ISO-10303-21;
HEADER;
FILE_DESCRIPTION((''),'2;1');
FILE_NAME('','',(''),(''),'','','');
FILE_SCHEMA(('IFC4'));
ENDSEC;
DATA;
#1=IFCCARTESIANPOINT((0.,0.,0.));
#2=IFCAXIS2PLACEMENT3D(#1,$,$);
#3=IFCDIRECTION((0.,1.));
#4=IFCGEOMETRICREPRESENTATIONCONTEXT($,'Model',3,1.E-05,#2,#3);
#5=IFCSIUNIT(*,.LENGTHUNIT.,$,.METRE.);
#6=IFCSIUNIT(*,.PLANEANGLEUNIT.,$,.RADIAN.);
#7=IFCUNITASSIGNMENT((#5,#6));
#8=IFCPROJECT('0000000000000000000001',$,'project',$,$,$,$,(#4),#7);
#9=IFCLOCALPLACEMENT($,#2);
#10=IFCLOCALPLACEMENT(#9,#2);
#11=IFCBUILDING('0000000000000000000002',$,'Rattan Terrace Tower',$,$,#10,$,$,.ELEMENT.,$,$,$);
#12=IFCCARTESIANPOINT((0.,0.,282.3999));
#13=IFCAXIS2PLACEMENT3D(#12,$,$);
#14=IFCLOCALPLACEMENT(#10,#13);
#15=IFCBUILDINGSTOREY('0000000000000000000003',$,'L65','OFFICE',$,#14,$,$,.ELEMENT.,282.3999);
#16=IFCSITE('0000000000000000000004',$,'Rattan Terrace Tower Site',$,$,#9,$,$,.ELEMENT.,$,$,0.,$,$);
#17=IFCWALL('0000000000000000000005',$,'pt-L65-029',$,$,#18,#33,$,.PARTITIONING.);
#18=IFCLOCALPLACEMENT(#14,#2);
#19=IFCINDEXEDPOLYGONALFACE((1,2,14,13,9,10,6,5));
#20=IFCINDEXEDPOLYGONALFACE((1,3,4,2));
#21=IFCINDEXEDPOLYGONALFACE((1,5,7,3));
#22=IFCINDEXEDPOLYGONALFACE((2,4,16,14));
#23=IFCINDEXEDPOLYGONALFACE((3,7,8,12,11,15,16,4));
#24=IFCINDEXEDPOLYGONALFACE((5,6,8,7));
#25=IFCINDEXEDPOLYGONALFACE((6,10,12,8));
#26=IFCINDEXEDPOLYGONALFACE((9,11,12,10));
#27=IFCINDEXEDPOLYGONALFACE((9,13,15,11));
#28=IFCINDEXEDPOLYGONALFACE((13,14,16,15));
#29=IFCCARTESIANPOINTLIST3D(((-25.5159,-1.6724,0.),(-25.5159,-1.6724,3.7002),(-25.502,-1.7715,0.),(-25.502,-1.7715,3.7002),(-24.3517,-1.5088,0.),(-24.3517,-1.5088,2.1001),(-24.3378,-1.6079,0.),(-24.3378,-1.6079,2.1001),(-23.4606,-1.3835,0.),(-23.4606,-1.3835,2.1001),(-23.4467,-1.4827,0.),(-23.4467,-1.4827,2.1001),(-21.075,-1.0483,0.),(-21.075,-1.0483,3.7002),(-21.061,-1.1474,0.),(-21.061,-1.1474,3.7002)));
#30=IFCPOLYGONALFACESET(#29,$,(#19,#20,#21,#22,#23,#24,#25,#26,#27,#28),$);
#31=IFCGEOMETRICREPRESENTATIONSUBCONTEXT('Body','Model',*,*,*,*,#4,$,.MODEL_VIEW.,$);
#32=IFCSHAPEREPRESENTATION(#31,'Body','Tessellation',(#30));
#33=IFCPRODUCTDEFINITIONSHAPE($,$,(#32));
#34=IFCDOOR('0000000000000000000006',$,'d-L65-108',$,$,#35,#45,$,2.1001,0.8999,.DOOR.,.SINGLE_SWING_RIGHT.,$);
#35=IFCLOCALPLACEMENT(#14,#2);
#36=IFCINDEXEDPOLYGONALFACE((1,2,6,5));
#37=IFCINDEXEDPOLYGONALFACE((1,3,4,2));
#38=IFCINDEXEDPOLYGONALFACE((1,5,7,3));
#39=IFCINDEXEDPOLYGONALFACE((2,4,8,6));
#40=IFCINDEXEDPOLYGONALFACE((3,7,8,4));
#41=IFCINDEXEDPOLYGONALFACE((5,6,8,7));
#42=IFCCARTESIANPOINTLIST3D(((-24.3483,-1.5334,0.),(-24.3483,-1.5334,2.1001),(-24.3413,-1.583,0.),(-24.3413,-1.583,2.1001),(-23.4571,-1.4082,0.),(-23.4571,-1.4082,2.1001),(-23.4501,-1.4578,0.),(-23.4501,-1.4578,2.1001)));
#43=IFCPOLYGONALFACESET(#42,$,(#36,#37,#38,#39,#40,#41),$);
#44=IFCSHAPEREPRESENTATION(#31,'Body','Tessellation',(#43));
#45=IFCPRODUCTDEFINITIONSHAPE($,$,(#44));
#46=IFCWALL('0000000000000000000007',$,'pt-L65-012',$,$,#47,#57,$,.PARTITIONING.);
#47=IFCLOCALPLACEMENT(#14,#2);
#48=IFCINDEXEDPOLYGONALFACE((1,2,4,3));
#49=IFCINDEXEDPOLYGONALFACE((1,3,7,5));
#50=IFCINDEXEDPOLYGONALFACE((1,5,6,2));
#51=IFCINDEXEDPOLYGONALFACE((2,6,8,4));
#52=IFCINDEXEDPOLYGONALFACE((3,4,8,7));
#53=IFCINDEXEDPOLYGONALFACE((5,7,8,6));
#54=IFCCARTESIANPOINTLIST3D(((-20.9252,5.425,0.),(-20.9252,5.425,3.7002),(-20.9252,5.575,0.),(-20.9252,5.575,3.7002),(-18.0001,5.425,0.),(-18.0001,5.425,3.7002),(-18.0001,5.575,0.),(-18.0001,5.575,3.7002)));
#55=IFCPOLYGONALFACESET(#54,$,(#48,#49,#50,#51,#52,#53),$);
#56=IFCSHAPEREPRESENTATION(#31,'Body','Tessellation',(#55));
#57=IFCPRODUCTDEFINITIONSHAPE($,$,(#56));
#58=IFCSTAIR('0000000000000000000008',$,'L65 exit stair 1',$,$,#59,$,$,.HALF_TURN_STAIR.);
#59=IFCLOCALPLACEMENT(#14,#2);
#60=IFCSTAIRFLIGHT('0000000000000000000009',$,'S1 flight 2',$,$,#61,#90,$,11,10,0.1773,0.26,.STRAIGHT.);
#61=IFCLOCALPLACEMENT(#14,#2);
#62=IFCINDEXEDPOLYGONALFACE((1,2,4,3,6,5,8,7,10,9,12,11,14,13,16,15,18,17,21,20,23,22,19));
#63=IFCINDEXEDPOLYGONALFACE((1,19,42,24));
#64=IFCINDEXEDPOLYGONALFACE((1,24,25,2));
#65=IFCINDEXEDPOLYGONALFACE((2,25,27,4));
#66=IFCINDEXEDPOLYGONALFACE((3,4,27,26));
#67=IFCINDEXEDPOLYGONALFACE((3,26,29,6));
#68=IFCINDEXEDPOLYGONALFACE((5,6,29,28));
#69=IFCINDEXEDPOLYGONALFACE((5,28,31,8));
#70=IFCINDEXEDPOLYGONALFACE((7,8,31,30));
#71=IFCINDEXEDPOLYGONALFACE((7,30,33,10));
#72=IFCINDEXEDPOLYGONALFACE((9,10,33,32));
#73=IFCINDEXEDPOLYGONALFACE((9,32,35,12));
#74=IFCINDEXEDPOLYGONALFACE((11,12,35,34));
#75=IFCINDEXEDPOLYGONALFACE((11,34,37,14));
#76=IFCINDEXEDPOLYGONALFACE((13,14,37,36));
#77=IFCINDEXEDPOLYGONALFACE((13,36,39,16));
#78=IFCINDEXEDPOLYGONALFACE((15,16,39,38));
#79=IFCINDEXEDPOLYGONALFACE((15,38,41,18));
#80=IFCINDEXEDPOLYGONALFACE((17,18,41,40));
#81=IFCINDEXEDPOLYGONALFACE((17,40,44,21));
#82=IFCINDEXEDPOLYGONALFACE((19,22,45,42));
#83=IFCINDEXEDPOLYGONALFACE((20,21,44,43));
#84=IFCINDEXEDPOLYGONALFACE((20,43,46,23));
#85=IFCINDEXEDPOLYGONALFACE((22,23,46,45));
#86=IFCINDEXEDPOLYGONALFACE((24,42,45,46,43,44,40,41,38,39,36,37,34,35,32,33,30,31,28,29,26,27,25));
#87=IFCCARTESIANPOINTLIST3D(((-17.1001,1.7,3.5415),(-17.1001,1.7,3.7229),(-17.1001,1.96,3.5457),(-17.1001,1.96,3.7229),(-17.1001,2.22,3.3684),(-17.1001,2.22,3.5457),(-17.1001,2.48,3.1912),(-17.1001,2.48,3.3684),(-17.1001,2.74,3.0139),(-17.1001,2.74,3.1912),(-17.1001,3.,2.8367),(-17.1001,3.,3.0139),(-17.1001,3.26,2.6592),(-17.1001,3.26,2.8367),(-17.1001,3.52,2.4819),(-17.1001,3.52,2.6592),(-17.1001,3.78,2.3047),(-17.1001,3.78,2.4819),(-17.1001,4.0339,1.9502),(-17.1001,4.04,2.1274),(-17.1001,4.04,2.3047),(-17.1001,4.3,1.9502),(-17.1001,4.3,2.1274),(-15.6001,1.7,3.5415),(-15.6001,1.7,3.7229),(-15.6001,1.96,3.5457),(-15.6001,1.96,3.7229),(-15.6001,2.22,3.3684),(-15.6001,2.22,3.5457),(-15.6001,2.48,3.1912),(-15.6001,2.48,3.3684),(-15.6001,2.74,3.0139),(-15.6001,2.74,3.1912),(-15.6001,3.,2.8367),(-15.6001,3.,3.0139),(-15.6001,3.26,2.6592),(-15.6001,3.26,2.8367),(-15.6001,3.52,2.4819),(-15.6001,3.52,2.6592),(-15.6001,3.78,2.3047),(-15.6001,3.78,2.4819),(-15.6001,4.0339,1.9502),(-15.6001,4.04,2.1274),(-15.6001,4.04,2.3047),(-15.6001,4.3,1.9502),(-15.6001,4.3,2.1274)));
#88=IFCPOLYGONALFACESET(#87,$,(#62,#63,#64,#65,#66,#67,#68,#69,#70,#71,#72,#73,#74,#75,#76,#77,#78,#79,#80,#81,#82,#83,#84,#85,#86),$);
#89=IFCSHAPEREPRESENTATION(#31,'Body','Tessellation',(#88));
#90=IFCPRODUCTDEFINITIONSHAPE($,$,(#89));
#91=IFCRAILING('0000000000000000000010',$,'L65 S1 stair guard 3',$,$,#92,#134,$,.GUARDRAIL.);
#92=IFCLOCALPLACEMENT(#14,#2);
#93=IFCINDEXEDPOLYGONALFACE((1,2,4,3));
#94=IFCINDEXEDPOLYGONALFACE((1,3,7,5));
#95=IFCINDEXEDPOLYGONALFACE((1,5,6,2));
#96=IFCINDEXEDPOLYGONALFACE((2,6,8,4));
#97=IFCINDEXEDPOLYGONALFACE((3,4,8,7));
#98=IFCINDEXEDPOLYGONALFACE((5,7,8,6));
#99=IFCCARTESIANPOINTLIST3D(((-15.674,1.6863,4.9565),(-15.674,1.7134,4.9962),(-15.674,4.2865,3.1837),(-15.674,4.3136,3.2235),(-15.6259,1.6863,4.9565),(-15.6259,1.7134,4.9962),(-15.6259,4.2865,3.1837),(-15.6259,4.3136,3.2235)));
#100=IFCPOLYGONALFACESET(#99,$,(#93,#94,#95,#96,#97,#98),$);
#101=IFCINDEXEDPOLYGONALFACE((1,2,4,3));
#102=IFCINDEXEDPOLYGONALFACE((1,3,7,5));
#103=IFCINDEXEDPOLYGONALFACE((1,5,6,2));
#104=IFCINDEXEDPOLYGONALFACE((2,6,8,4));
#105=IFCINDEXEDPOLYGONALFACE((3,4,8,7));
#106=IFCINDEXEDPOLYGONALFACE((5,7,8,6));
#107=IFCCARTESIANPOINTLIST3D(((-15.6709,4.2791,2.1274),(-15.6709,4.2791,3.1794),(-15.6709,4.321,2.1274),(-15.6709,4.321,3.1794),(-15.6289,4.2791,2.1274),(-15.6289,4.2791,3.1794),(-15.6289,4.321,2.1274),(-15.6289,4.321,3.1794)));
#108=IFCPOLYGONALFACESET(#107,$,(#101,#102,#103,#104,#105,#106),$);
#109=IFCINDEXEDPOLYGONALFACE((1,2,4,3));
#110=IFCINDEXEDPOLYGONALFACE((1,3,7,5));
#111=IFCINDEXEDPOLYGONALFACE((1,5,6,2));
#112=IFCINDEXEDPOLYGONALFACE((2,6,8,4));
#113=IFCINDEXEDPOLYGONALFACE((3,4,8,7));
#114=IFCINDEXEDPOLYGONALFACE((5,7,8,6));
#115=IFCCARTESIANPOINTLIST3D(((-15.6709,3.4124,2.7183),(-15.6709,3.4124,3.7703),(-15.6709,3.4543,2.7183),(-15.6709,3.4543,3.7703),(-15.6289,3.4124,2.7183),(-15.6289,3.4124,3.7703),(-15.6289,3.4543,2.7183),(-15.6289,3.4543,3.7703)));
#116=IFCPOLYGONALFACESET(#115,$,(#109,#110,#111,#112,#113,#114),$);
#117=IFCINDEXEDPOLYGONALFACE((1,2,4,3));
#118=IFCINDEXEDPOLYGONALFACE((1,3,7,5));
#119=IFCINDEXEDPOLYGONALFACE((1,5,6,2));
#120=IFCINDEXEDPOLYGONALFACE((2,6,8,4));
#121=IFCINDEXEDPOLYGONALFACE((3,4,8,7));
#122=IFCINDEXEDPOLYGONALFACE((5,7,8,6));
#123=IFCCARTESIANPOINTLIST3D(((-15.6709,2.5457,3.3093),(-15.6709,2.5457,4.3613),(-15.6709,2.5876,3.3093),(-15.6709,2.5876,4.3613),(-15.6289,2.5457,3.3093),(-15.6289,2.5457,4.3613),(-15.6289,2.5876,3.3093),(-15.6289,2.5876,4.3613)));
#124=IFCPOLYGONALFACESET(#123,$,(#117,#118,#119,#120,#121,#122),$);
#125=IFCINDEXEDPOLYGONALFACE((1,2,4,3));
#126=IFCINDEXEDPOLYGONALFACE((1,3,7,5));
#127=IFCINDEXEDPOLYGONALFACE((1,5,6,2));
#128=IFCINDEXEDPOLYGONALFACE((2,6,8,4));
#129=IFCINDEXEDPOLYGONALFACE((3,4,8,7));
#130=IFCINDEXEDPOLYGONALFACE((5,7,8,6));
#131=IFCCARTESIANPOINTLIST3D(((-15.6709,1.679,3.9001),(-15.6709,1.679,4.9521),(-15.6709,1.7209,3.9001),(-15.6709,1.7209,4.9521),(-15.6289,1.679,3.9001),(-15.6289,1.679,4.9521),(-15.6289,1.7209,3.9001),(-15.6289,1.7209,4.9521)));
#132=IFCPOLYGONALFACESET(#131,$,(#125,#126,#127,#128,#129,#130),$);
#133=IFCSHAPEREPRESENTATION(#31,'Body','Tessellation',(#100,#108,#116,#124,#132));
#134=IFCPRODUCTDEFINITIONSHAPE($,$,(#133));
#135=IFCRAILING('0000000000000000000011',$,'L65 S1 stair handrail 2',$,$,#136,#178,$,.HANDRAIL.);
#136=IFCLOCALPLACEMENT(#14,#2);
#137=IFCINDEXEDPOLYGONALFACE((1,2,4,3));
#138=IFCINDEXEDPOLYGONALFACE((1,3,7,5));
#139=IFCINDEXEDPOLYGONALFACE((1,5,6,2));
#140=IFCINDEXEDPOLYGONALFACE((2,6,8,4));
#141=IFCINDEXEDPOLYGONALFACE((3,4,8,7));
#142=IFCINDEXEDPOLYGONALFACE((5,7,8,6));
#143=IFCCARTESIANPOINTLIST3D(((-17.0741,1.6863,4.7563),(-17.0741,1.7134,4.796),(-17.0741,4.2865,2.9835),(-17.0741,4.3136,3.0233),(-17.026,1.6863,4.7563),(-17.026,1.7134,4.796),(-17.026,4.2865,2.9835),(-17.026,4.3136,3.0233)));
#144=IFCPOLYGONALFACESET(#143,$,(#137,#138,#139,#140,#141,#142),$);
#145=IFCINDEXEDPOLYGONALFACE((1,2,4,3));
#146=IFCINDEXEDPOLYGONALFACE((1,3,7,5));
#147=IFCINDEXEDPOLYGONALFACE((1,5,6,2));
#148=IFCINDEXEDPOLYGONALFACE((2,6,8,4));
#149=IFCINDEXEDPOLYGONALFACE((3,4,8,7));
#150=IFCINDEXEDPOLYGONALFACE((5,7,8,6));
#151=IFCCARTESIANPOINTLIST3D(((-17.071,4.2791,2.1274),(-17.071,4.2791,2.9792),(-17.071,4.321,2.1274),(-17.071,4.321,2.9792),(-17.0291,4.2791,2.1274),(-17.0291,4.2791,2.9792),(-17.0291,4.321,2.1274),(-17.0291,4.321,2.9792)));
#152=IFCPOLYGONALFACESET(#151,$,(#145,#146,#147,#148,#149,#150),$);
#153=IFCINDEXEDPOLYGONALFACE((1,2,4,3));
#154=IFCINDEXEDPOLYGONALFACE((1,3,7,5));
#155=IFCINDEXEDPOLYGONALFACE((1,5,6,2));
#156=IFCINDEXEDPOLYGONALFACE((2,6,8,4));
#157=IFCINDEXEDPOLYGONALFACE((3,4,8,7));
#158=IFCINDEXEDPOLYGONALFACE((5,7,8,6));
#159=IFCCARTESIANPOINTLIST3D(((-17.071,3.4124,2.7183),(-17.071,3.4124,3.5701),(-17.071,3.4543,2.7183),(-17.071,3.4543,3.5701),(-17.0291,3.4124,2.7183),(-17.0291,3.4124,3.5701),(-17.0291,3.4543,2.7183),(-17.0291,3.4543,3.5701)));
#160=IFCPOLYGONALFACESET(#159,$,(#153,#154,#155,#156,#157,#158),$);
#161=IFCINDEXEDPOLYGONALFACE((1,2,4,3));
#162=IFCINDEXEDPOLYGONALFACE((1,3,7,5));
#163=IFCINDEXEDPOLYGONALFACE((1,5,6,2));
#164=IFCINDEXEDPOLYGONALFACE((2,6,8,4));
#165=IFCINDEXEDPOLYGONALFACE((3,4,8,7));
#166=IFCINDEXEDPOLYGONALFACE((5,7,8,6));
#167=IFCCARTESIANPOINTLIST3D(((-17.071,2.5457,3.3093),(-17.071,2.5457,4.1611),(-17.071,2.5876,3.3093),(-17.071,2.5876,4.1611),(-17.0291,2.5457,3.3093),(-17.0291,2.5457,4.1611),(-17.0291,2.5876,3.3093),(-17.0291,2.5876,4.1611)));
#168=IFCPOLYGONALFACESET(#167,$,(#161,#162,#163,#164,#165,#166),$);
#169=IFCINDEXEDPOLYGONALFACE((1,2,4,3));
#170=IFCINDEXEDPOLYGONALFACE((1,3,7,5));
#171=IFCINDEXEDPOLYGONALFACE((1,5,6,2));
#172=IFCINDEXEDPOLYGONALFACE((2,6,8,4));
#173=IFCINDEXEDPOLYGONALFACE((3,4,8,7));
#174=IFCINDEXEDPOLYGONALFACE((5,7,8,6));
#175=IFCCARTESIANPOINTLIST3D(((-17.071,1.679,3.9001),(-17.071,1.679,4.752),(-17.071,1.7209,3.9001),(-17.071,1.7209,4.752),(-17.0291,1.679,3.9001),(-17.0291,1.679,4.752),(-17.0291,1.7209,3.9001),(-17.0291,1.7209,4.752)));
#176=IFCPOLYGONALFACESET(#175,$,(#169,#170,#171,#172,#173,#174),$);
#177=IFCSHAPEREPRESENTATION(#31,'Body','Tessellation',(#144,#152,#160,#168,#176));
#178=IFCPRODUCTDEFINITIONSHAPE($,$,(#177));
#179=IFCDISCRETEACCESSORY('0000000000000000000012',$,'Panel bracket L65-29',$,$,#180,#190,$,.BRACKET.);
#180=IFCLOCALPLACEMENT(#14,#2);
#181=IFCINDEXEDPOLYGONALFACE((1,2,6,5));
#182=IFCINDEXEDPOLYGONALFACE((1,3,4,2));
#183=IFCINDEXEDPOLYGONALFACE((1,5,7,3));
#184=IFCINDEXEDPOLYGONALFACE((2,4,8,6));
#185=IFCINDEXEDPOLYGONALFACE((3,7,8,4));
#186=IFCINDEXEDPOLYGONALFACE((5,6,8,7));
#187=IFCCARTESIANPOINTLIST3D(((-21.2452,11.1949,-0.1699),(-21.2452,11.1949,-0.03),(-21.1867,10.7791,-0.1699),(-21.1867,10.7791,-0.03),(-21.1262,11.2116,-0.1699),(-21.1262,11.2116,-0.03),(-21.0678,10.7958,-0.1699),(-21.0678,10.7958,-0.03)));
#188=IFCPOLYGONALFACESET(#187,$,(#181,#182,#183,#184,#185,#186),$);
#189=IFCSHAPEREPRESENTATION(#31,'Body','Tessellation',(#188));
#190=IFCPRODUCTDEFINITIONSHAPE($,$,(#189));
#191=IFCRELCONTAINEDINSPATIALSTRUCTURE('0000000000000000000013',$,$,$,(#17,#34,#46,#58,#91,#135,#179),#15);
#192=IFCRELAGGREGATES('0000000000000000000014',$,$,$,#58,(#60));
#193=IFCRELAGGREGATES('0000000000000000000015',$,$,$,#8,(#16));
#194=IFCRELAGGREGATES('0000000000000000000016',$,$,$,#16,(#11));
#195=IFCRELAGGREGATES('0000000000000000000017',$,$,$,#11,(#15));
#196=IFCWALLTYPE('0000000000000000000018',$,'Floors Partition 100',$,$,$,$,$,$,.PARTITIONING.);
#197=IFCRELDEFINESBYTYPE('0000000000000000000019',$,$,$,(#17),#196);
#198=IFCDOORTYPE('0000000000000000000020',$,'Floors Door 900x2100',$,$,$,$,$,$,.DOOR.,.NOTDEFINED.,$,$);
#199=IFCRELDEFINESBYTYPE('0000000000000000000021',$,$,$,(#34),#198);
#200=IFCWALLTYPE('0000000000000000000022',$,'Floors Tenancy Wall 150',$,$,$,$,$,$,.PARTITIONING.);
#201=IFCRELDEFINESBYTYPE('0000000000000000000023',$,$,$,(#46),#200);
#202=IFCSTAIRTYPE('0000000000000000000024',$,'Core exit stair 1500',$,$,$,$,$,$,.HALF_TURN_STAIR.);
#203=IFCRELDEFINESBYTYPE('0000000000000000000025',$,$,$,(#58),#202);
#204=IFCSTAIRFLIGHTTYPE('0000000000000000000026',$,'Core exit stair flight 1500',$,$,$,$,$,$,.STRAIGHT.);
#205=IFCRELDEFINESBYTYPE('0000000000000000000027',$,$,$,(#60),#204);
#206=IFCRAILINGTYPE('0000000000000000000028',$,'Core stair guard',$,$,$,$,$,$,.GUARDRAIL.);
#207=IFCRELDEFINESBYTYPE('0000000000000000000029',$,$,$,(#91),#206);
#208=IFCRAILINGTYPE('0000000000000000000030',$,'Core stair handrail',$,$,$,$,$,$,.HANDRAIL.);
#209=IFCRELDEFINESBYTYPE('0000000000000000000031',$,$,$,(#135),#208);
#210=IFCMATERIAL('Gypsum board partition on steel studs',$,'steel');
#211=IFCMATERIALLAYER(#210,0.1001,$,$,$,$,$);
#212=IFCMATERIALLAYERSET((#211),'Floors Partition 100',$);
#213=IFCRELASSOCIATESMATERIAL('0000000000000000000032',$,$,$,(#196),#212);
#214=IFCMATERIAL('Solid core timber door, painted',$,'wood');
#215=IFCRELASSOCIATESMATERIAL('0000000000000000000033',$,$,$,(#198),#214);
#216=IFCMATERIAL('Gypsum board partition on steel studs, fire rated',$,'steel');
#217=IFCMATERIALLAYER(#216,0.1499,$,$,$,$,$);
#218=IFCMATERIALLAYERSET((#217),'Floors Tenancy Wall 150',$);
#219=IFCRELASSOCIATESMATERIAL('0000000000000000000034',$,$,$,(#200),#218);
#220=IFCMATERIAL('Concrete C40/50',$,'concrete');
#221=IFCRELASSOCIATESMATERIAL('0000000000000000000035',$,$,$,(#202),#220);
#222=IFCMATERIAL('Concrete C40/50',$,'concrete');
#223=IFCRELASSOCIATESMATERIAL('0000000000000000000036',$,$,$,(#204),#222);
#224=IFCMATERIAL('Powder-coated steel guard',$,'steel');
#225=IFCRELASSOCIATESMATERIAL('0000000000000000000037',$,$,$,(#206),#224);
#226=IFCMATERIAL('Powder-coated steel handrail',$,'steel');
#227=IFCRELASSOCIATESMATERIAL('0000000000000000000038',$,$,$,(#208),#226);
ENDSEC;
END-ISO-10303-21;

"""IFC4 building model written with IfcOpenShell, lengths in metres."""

from ifc_helpers import new_model, si_unit, direction, frame, frame_2d, origin, origin_2d, place, context, subcontext, project, spatial, polyline, rectangle, outline, extrude, material, layer, layer_set, type_object, element, fill, aggregate, save


model = new_model("IFC4")

# Units and contexts
model_context = context("Model", 3, precision=1e-05, world=origin(), true_north=direction((0.0, 1.0)))
body_context = subcontext(model_context, "Body", "Model", "MODEL_VIEW")
ifc_project = project(units=[si_unit("LENGTHUNIT", "METRE"), si_unit("PLANEANGLEUNIT", "RADIAN")], contexts=[model_context])

# Site, building, storey
site_placement = place(None, origin())
site = spatial("IfcSite", under=ifc_project, at=site_placement, Name="Rattan Terrace Tower Site", CompositionType="ELEMENT", RefElevation=0.0)
building_placement = place(site_placement, origin())
building = spatial("IfcBuilding", under=site, at=building_placement, Name="Rattan Terrace Tower", CompositionType="ELEMENT")
storey_placement = place(building_placement, frame((0.0, 0.0, 282.3999)))
storey = spatial("IfcBuildingStorey", under=building, at=storey_placement, Name="L65", Description="OFFICE", CompositionType="ELEMENT", Elevation=282.3999)

# Wall, opening, door
ifc_material_1 = material(Name="Gypsum board partition on steel studs", Category="steel")
ifc_layer_1 = layer(ifc_material_1, 0.1001)
ifc_layer_set_1 = layer_set([ifc_layer_1], Name="Floors Partition 100")
wall_type_1 = type_object("IfcWallType", Name="Floors Partition 100", PredefinedType="PARTITIONING", material=ifc_layer_set_1)
wall_1_placement = place(storey_placement, frame((-21.0681, -1.0979, 0.0), z_axis=(0.0, 0.0, 1.0), x_axis=(-0.990271, -0.13915, 0.0)))
wall_1 = element("IfcWall", 1, at=wall_1_placement, inside=storey, type_object=wall_type_1, Name="pt-L65-029", PredefinedType="PARTITIONING", context=body_context, shape_type="SweptSolid", body=[
    extrude(rectangle(XDim=4.4846, YDim=0.1001, at=frame_2d((2.2422, 0.0))), origin(), (0.0, 0.0, 1.0), 3.7002),
])
opening_1_placement = place(wall_1_placement, frame((2.4089, 0.0, 0.0)))
opening_1 = element("IfcOpeningElement", 2, at=opening_1_placement, cuts=wall_1, PredefinedType="OPENING", context=body_context, shape_type="SweptSolid", body=[
    extrude(rectangle(XDim=0.8999, YDim=2.1001, at=frame_2d((0.45, 1.05))), frame((0.0, 0.0605, 0.0), z_axis=(0.0, -1.0, 0.0), x_axis=(1.0, 0.0, 0.0)), (0.0, 0.0, 1.0), 0.1211),
])
ifc_material_2 = material(Name="Solid core timber door, painted", Category="wood")
door_type_1 = type_object("IfcDoorType", Name="Floors Door 900x2100", OperationType="NOTDEFINED", PredefinedType="DOOR", material=ifc_material_2)
door_1_placement = place(opening_1_placement, origin())
door_1 = element("IfcDoor", 3, at=door_1_placement, inside=storey, type_object=door_type_1, Name="d-L65-108", OperationType="SINGLE_SWING_RIGHT", OverallHeight=2.1001, OverallWidth=0.8999, PredefinedType="DOOR", context=body_context, shape_type="SweptSolid", body=[
    extrude(rectangle(XDim=0.8999, YDim=2.1001, at=frame_2d((0.45, 1.05))), frame((0.0, 0.0249, 0.0), z_axis=(0.0, -1.0, 0.0), x_axis=(1.0, 0.0, 0.0)), (0.0, 0.0, 1.0), 0.05),
])
fill(opening_1, door_1)

# Wall
ifc_material_3 = material(Name="Gypsum board partition on steel studs, fire rated", Category="steel")
ifc_layer_2 = layer(ifc_material_3, 0.1499)
ifc_layer_set_2 = layer_set([ifc_layer_2], Name="Floors Tenancy Wall 150")
wall_type_2 = type_object("IfcWallType", Name="Floors Tenancy Wall 150", PredefinedType="PARTITIONING", material=ifc_layer_set_2)
wall_2_placement = place(storey_placement, frame((-20.925, 5.5, 0.0), z_axis=(0.0, 0.0, 1.0), x_axis=(1.0, 0.0, 0.0)))
element("IfcWall", 4, at=wall_2_placement, inside=storey, type_object=wall_type_2, Name="pt-L65-012", PredefinedType="PARTITIONING", context=body_context, shape_type="SweptSolid", body=[
    extrude(rectangle(XDim=2.925, YDim=0.1499, at=frame_2d((1.4624, 0.0))), origin(), (0.0, 0.0, 1.0), 3.7002),
])

# Stair, stair flight
ifc_material_4 = material(Name="Concrete C40/50", Category="concrete")
stair_type = type_object("IfcStairType", Name="Core exit stair 1500", PredefinedType="HALF_TURN_STAIR", material=ifc_material_4)
stair_placement = place(storey_placement, origin())
stair = element("IfcStair", 5, at=stair_placement, inside=storey, type_object=stair_type, Name="L65 exit stair 1", PredefinedType="HALF_TURN_STAIR")
ifc_material_5 = material(Name="Concrete C40/50", Category="concrete")
stair_flight_type = type_object("IfcStairFlightType", Name="Core exit stair flight 1500", PredefinedType="STRAIGHT", material=ifc_material_5)
stair_flight_placement = place(storey_placement, frame((-16.3501, 4.3, 1.9502), z_axis=(0.0, 0.0, 1.0), x_axis=(0.0, -1.0, 0.0)))
stair_flight = element("IfcStairFlight", 6, at=stair_flight_placement, type_object=stair_flight_type, Name="S1 flight 2", NumberOfRisers=11, NumberOfTreads=10, PredefinedType="STRAIGHT", RiserHeight=0.1773, TreadLength=0.26, context=body_context, shape_type="SweptSolid", body=[
    extrude(outline(polyline([(0.0, 0.0), (0.0, 0.1772), (0.26, 0.1772), (0.26, 0.3545), (0.52, 0.3545), (0.52, 0.5317), (0.78, 0.5317), (0.78, 0.709), (1.04, 0.709), (1.04, 0.8865), (1.3, 0.8865), (1.3, 1.0637), (1.5601, 1.0637), (1.5601, 1.241), (1.8201, 1.241), (1.8201, 1.4182), (2.0801, 1.4182), (2.0801, 1.5955), (2.3401, 1.5955), (2.3401, 1.7727), (2.6001, 1.7727), (2.6001, 1.95), (2.6001, 1.5913), (0.2661, 0.0), (0.0, 0.0)])), frame((0.0, 0.75, 0.0), z_axis=(0.0, -1.0, 0.0), x_axis=(1.0, 0.0, 0.0)), (0.0, 0.0, 1.0), 1.5),
])
aggregate(stair, [stair_flight])

# Railings
ifc_material_6 = material(Name="Powder-coated steel guard", Category="steel")
railing_type_1 = type_object("IfcRailingType", Name="Core stair guard", PredefinedType="GUARDRAIL", material=ifc_material_6)
railing_1_placement = place(storey_placement, frame((-15.6499, 4.3, 2.1274)))
element("IfcRailing", 7, at=railing_1_placement, inside=storey, type_object=railing_type_1, Name="L65 S1 stair guard 3", PredefinedType="GUARDRAIL", context=body_context, shape_type="SweptSolid", body=[
    extrude(rectangle(XDim=0.0481, YDim=0.0481, at=origin_2d()), frame((0.0, 0.0, 1.0762), z_axis=(0.0, -0.82624, 0.563318), x_axis=(1.0, 0.0, 0.0)), (0.0, 0.0, 1.0), 3.147),
    extrude(rectangle(XDim=0.042, YDim=0.042, at=origin_2d()), origin(), (0.0, 0.0, 1.0), 1.052),
    extrude(rectangle(XDim=0.042, YDim=0.042, at=origin_2d()), frame((0.0, -0.8667, 0.5908)), (0.0, 0.0, 1.0), 1.052),
    extrude(rectangle(XDim=0.042, YDim=0.042, at=origin_2d()), frame((0.0, -1.7334, 1.1819)), (0.0, 0.0, 1.0), 1.052),
    extrude(rectangle(XDim=0.042, YDim=0.042, at=origin_2d()), frame((0.0, -2.6001, 1.7727)), (0.0, 0.0, 1.0), 1.052),
])
ifc_material_7 = material(Name="Powder-coated steel handrail", Category="steel")
railing_type_2 = type_object("IfcRailingType", Name="Core stair handrail", PredefinedType="HANDRAIL", material=ifc_material_7)
railing_2_placement = place(storey_placement, frame((-17.05, 4.3, 2.1274)))
element("IfcRailing", 8, at=railing_2_placement, inside=storey, type_object=railing_type_2, Name="L65 S1 stair handrail 2", PredefinedType="HANDRAIL", context=body_context, shape_type="SweptSolid", body=[
    extrude(rectangle(XDim=0.0481, YDim=0.0481, at=origin_2d()), frame((0.0, 0.0, 0.876), z_axis=(0.0, -0.82624, 0.563318), x_axis=(1.0, 0.0, 0.0)), (0.0, 0.0, 1.0), 3.147),
    extrude(rectangle(XDim=0.042, YDim=0.042, at=origin_2d()), origin(), (0.0, 0.0, 1.0), 0.8518),
    extrude(rectangle(XDim=0.042, YDim=0.042, at=origin_2d()), frame((0.0, -0.8667, 0.5908)), (0.0, 0.0, 1.0), 0.8518),
    extrude(rectangle(XDim=0.042, YDim=0.042, at=origin_2d()), frame((0.0, -1.7334, 1.1819)), (0.0, 0.0, 1.0), 0.8518),
    extrude(rectangle(XDim=0.042, YDim=0.042, at=origin_2d()), frame((0.0, -2.6001, 1.7727)), (0.0, 0.0, 1.0), 0.8518),
])

# Discrete accessory
for number, where, z_axis, x_axis, name in (
    (9, (-21.1565, 10.9954, -0.1699), (0.0, 0.0, 1.0), (-0.990266, -0.139189, 0.0), "Panel bracket L65-29"),
):
    element("IfcDiscreteAccessory", number, at=place(storey_placement, frame(where, z_axis=z_axis, x_axis=x_axis)), inside=storey, Name=name, PredefinedType="BRACKET", context=body_context, shape_type="SweptSolid", body=[
        extrude(rectangle(XDim=0.1201, YDim=0.4199, at=origin_2d()), origin(), (0.0, 0.0, 1.0), 0.1399),
    ])

save(model, "model.ifc")
